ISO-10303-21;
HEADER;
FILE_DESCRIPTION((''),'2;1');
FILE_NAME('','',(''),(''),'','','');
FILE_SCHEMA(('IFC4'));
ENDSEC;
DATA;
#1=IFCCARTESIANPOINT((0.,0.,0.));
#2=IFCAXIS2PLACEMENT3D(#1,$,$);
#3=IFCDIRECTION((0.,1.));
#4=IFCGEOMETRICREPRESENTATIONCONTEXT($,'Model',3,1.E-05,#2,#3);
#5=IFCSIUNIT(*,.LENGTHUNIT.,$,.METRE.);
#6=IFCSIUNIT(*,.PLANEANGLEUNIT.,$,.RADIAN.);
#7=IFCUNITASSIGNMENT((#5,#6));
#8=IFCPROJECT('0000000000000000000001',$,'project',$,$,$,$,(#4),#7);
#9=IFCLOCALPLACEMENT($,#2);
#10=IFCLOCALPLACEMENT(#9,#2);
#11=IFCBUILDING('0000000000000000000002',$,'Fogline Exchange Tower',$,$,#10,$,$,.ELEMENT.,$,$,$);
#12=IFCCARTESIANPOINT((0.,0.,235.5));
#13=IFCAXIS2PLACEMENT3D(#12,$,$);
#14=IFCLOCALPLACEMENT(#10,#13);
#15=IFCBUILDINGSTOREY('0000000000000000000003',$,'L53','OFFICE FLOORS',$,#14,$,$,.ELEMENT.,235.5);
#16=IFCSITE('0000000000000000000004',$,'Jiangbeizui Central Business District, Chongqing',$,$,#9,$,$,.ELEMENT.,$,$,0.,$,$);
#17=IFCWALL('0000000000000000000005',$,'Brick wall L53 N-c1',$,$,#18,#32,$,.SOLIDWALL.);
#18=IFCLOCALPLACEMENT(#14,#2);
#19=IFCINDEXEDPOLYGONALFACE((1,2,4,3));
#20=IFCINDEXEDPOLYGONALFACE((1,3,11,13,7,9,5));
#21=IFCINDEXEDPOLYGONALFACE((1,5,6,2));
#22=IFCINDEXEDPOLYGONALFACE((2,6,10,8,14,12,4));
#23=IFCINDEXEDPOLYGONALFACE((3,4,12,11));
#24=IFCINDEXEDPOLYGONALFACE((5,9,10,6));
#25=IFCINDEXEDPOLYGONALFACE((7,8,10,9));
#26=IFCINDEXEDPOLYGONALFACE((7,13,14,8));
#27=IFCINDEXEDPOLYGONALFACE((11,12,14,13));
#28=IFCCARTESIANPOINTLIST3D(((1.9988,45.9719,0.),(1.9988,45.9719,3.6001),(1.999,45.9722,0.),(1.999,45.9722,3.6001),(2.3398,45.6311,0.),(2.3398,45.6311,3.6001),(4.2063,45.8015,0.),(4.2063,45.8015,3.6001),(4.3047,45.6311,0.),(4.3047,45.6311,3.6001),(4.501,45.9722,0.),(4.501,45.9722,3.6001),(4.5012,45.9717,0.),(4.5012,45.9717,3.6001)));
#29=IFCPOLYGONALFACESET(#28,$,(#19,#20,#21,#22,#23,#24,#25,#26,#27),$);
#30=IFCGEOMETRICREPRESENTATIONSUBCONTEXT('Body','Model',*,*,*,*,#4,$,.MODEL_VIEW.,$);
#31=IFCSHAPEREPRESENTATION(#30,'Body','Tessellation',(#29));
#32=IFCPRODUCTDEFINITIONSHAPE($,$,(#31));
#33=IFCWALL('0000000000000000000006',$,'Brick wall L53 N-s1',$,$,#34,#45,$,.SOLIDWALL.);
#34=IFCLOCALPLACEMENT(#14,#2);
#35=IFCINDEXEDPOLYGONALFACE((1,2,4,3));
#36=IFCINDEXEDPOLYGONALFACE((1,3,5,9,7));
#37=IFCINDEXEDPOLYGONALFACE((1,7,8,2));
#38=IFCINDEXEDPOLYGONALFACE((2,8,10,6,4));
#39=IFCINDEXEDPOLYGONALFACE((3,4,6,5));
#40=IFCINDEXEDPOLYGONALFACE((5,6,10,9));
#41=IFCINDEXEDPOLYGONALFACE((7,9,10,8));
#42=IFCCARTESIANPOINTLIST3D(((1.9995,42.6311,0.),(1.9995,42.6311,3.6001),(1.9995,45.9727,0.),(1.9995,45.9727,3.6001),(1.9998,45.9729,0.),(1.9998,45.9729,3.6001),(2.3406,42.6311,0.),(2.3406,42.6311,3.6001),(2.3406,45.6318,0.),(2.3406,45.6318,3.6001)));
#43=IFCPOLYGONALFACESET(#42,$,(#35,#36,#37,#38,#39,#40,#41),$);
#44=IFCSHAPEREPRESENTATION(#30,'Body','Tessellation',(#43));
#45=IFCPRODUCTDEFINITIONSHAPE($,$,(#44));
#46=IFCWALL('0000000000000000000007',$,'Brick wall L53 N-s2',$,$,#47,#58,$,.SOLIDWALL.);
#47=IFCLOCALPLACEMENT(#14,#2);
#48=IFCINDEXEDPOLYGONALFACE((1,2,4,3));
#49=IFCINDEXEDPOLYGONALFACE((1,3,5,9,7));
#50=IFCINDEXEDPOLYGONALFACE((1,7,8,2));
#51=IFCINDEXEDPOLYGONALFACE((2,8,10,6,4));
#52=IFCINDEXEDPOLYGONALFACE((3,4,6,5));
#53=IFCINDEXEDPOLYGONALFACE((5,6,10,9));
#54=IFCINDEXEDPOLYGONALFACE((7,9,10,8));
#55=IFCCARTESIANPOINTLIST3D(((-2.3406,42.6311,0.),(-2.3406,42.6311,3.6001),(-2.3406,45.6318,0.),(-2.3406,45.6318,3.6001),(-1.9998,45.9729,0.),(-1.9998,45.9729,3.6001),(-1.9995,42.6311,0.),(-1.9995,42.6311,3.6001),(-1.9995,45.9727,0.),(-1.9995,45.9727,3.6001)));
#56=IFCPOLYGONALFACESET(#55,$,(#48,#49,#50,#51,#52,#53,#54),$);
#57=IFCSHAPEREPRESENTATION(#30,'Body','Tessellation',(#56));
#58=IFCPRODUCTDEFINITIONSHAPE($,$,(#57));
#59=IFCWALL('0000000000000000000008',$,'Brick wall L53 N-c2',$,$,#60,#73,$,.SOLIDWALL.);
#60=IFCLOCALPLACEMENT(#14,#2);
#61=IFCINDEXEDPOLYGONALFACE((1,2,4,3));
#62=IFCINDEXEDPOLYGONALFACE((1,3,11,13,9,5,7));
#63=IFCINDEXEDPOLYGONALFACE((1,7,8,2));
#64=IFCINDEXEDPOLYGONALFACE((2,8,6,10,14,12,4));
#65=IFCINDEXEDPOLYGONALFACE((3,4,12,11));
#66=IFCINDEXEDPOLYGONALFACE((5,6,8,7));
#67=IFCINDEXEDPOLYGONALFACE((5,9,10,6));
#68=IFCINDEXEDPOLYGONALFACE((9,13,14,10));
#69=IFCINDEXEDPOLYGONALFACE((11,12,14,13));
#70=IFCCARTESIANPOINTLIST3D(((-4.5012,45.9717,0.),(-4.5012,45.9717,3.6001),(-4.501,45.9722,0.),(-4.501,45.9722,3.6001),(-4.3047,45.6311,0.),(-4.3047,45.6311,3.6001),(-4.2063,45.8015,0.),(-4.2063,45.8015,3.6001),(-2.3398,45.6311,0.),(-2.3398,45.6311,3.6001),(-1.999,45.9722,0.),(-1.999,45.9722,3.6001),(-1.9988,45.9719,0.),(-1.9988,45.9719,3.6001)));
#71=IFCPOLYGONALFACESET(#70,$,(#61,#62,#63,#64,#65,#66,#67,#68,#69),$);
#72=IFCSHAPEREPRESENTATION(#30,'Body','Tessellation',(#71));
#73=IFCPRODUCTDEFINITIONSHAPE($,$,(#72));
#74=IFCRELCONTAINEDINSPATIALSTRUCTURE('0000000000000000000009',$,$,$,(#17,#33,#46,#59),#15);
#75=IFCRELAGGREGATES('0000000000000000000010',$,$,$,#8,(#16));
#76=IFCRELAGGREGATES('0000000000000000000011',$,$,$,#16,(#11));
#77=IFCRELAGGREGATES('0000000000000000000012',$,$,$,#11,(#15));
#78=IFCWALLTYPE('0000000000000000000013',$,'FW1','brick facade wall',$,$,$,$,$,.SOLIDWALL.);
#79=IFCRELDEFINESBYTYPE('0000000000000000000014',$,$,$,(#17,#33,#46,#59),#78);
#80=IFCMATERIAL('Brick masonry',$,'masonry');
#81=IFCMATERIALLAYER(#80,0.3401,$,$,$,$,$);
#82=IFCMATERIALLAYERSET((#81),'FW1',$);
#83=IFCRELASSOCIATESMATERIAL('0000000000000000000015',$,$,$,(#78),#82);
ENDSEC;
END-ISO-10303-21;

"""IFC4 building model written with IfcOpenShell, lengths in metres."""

from ifc_helpers import new_model, si_unit, direction, frame, origin, place, context, subcontext, project, spatial, polyline, outline, extrude, material, layer, layer_set, type_object, element, save


model = new_model("IFC4")

# Units and contexts
model_context = context("Model", 3, precision=1e-05, world=origin(), true_north=direction((0.0, 1.0)))
body_context = subcontext(model_context, "Body", "Model", "MODEL_VIEW")
ifc_project = project(units=[si_unit("LENGTHUNIT", "METRE"), si_unit("PLANEANGLEUNIT", "RADIAN")], contexts=[model_context])

# Site, building, storey
site_placement = place(None, origin())
site = spatial("IfcSite", under=ifc_project, at=site_placement, Name="Jiangbeizui Central Business District, Chongqing", CompositionType="ELEMENT", RefElevation=0.0)
building_placement = place(site_placement, origin())
building = spatial("IfcBuilding", under=site, at=building_placement, Name="Fogline Exchange Tower", CompositionType="ELEMENT")
storey_placement = place(building_placement, frame((0.0, 0.0, 235.5)))
storey = spatial("IfcBuildingStorey", under=building, at=storey_placement, Name="L53", Description="OFFICE FLOORS", CompositionType="ELEMENT", Elevation=235.5)

# Walls
ifc_material_1 = material(Name="Brick masonry", Category="masonry")
ifc_layer_1 = layer(ifc_material_1, 0.3401)
ifc_layer_set_1 = layer_set([ifc_layer_1], Name="FW1")
wall_type_1 = type_object("IfcWallType", Name="FW1", Description="brick facade wall", PredefinedType="SOLIDWALL", material=ifc_layer_set_1)
wall_1_placement = place(storey_placement, origin())
element("IfcWall", 1, at=wall_1_placement, inside=storey, type_object=wall_type_1, Name="Brick wall L53 N-c1", PredefinedType="SOLIDWALL", context=body_context, shape_type="SweptSolid", body=[
    extrude(outline(polyline([(1.999, 45.9722), (4.501, 45.9722), (4.5012, 45.9717), (4.2063, 45.8015), (4.3047, 45.6311), (2.3398, 45.6311), (1.9988, 45.9719), (1.999, 45.9722)])), origin(), (0.0, 0.0, 1.0), 3.6001),
])
wall_2_placement = place(storey_placement, origin())
element("IfcWall", 2, at=wall_2_placement, inside=storey, type_object=wall_type_1, Name="Brick wall L53 N-s1", PredefinedType="SOLIDWALL", context=body_context, shape_type="SweptSolid", body=[
    extrude(outline(polyline([(2.3406, 42.6311), (1.9995, 42.6311), (1.9995, 45.9727), (1.9998, 45.9729), (2.3406, 45.6318), (2.3406, 42.6311)])), origin(), (0.0, 0.0, 1.0), 3.6001),
])
wall_3_placement = place(storey_placement, origin())
element("IfcWall", 3, at=wall_3_placement, inside=storey, type_object=wall_type_1, Name="Brick wall L53 N-s2", PredefinedType="SOLIDWALL", context=body_context, shape_type="SweptSolid", body=[
    extrude(outline(polyline([(-1.9995, 45.9727), (-1.9995, 42.6311), (-2.3406, 42.6311), (-2.3406, 45.6318), (-1.9998, 45.9729), (-1.9995, 45.9727)])), origin(), (0.0, 0.0, 1.0), 3.6001),
])
wall_4_placement = place(storey_placement, origin())
element("IfcWall", 4, at=wall_4_placement, inside=storey, type_object=wall_type_1, Name="Brick wall L53 N-c2", PredefinedType="SOLIDWALL", context=body_context, shape_type="SweptSolid", body=[
    extrude(outline(polyline([(-4.3047, 45.6311), (-4.2063, 45.8015), (-4.5012, 45.9717), (-4.501, 45.9722), (-1.999, 45.9722), (-1.9988, 45.9719), (-2.3398, 45.6311), (-4.3047, 45.6311)])), origin(), (0.0, 0.0, 1.0), 3.6001),
])

save(model, "model.ifc")
